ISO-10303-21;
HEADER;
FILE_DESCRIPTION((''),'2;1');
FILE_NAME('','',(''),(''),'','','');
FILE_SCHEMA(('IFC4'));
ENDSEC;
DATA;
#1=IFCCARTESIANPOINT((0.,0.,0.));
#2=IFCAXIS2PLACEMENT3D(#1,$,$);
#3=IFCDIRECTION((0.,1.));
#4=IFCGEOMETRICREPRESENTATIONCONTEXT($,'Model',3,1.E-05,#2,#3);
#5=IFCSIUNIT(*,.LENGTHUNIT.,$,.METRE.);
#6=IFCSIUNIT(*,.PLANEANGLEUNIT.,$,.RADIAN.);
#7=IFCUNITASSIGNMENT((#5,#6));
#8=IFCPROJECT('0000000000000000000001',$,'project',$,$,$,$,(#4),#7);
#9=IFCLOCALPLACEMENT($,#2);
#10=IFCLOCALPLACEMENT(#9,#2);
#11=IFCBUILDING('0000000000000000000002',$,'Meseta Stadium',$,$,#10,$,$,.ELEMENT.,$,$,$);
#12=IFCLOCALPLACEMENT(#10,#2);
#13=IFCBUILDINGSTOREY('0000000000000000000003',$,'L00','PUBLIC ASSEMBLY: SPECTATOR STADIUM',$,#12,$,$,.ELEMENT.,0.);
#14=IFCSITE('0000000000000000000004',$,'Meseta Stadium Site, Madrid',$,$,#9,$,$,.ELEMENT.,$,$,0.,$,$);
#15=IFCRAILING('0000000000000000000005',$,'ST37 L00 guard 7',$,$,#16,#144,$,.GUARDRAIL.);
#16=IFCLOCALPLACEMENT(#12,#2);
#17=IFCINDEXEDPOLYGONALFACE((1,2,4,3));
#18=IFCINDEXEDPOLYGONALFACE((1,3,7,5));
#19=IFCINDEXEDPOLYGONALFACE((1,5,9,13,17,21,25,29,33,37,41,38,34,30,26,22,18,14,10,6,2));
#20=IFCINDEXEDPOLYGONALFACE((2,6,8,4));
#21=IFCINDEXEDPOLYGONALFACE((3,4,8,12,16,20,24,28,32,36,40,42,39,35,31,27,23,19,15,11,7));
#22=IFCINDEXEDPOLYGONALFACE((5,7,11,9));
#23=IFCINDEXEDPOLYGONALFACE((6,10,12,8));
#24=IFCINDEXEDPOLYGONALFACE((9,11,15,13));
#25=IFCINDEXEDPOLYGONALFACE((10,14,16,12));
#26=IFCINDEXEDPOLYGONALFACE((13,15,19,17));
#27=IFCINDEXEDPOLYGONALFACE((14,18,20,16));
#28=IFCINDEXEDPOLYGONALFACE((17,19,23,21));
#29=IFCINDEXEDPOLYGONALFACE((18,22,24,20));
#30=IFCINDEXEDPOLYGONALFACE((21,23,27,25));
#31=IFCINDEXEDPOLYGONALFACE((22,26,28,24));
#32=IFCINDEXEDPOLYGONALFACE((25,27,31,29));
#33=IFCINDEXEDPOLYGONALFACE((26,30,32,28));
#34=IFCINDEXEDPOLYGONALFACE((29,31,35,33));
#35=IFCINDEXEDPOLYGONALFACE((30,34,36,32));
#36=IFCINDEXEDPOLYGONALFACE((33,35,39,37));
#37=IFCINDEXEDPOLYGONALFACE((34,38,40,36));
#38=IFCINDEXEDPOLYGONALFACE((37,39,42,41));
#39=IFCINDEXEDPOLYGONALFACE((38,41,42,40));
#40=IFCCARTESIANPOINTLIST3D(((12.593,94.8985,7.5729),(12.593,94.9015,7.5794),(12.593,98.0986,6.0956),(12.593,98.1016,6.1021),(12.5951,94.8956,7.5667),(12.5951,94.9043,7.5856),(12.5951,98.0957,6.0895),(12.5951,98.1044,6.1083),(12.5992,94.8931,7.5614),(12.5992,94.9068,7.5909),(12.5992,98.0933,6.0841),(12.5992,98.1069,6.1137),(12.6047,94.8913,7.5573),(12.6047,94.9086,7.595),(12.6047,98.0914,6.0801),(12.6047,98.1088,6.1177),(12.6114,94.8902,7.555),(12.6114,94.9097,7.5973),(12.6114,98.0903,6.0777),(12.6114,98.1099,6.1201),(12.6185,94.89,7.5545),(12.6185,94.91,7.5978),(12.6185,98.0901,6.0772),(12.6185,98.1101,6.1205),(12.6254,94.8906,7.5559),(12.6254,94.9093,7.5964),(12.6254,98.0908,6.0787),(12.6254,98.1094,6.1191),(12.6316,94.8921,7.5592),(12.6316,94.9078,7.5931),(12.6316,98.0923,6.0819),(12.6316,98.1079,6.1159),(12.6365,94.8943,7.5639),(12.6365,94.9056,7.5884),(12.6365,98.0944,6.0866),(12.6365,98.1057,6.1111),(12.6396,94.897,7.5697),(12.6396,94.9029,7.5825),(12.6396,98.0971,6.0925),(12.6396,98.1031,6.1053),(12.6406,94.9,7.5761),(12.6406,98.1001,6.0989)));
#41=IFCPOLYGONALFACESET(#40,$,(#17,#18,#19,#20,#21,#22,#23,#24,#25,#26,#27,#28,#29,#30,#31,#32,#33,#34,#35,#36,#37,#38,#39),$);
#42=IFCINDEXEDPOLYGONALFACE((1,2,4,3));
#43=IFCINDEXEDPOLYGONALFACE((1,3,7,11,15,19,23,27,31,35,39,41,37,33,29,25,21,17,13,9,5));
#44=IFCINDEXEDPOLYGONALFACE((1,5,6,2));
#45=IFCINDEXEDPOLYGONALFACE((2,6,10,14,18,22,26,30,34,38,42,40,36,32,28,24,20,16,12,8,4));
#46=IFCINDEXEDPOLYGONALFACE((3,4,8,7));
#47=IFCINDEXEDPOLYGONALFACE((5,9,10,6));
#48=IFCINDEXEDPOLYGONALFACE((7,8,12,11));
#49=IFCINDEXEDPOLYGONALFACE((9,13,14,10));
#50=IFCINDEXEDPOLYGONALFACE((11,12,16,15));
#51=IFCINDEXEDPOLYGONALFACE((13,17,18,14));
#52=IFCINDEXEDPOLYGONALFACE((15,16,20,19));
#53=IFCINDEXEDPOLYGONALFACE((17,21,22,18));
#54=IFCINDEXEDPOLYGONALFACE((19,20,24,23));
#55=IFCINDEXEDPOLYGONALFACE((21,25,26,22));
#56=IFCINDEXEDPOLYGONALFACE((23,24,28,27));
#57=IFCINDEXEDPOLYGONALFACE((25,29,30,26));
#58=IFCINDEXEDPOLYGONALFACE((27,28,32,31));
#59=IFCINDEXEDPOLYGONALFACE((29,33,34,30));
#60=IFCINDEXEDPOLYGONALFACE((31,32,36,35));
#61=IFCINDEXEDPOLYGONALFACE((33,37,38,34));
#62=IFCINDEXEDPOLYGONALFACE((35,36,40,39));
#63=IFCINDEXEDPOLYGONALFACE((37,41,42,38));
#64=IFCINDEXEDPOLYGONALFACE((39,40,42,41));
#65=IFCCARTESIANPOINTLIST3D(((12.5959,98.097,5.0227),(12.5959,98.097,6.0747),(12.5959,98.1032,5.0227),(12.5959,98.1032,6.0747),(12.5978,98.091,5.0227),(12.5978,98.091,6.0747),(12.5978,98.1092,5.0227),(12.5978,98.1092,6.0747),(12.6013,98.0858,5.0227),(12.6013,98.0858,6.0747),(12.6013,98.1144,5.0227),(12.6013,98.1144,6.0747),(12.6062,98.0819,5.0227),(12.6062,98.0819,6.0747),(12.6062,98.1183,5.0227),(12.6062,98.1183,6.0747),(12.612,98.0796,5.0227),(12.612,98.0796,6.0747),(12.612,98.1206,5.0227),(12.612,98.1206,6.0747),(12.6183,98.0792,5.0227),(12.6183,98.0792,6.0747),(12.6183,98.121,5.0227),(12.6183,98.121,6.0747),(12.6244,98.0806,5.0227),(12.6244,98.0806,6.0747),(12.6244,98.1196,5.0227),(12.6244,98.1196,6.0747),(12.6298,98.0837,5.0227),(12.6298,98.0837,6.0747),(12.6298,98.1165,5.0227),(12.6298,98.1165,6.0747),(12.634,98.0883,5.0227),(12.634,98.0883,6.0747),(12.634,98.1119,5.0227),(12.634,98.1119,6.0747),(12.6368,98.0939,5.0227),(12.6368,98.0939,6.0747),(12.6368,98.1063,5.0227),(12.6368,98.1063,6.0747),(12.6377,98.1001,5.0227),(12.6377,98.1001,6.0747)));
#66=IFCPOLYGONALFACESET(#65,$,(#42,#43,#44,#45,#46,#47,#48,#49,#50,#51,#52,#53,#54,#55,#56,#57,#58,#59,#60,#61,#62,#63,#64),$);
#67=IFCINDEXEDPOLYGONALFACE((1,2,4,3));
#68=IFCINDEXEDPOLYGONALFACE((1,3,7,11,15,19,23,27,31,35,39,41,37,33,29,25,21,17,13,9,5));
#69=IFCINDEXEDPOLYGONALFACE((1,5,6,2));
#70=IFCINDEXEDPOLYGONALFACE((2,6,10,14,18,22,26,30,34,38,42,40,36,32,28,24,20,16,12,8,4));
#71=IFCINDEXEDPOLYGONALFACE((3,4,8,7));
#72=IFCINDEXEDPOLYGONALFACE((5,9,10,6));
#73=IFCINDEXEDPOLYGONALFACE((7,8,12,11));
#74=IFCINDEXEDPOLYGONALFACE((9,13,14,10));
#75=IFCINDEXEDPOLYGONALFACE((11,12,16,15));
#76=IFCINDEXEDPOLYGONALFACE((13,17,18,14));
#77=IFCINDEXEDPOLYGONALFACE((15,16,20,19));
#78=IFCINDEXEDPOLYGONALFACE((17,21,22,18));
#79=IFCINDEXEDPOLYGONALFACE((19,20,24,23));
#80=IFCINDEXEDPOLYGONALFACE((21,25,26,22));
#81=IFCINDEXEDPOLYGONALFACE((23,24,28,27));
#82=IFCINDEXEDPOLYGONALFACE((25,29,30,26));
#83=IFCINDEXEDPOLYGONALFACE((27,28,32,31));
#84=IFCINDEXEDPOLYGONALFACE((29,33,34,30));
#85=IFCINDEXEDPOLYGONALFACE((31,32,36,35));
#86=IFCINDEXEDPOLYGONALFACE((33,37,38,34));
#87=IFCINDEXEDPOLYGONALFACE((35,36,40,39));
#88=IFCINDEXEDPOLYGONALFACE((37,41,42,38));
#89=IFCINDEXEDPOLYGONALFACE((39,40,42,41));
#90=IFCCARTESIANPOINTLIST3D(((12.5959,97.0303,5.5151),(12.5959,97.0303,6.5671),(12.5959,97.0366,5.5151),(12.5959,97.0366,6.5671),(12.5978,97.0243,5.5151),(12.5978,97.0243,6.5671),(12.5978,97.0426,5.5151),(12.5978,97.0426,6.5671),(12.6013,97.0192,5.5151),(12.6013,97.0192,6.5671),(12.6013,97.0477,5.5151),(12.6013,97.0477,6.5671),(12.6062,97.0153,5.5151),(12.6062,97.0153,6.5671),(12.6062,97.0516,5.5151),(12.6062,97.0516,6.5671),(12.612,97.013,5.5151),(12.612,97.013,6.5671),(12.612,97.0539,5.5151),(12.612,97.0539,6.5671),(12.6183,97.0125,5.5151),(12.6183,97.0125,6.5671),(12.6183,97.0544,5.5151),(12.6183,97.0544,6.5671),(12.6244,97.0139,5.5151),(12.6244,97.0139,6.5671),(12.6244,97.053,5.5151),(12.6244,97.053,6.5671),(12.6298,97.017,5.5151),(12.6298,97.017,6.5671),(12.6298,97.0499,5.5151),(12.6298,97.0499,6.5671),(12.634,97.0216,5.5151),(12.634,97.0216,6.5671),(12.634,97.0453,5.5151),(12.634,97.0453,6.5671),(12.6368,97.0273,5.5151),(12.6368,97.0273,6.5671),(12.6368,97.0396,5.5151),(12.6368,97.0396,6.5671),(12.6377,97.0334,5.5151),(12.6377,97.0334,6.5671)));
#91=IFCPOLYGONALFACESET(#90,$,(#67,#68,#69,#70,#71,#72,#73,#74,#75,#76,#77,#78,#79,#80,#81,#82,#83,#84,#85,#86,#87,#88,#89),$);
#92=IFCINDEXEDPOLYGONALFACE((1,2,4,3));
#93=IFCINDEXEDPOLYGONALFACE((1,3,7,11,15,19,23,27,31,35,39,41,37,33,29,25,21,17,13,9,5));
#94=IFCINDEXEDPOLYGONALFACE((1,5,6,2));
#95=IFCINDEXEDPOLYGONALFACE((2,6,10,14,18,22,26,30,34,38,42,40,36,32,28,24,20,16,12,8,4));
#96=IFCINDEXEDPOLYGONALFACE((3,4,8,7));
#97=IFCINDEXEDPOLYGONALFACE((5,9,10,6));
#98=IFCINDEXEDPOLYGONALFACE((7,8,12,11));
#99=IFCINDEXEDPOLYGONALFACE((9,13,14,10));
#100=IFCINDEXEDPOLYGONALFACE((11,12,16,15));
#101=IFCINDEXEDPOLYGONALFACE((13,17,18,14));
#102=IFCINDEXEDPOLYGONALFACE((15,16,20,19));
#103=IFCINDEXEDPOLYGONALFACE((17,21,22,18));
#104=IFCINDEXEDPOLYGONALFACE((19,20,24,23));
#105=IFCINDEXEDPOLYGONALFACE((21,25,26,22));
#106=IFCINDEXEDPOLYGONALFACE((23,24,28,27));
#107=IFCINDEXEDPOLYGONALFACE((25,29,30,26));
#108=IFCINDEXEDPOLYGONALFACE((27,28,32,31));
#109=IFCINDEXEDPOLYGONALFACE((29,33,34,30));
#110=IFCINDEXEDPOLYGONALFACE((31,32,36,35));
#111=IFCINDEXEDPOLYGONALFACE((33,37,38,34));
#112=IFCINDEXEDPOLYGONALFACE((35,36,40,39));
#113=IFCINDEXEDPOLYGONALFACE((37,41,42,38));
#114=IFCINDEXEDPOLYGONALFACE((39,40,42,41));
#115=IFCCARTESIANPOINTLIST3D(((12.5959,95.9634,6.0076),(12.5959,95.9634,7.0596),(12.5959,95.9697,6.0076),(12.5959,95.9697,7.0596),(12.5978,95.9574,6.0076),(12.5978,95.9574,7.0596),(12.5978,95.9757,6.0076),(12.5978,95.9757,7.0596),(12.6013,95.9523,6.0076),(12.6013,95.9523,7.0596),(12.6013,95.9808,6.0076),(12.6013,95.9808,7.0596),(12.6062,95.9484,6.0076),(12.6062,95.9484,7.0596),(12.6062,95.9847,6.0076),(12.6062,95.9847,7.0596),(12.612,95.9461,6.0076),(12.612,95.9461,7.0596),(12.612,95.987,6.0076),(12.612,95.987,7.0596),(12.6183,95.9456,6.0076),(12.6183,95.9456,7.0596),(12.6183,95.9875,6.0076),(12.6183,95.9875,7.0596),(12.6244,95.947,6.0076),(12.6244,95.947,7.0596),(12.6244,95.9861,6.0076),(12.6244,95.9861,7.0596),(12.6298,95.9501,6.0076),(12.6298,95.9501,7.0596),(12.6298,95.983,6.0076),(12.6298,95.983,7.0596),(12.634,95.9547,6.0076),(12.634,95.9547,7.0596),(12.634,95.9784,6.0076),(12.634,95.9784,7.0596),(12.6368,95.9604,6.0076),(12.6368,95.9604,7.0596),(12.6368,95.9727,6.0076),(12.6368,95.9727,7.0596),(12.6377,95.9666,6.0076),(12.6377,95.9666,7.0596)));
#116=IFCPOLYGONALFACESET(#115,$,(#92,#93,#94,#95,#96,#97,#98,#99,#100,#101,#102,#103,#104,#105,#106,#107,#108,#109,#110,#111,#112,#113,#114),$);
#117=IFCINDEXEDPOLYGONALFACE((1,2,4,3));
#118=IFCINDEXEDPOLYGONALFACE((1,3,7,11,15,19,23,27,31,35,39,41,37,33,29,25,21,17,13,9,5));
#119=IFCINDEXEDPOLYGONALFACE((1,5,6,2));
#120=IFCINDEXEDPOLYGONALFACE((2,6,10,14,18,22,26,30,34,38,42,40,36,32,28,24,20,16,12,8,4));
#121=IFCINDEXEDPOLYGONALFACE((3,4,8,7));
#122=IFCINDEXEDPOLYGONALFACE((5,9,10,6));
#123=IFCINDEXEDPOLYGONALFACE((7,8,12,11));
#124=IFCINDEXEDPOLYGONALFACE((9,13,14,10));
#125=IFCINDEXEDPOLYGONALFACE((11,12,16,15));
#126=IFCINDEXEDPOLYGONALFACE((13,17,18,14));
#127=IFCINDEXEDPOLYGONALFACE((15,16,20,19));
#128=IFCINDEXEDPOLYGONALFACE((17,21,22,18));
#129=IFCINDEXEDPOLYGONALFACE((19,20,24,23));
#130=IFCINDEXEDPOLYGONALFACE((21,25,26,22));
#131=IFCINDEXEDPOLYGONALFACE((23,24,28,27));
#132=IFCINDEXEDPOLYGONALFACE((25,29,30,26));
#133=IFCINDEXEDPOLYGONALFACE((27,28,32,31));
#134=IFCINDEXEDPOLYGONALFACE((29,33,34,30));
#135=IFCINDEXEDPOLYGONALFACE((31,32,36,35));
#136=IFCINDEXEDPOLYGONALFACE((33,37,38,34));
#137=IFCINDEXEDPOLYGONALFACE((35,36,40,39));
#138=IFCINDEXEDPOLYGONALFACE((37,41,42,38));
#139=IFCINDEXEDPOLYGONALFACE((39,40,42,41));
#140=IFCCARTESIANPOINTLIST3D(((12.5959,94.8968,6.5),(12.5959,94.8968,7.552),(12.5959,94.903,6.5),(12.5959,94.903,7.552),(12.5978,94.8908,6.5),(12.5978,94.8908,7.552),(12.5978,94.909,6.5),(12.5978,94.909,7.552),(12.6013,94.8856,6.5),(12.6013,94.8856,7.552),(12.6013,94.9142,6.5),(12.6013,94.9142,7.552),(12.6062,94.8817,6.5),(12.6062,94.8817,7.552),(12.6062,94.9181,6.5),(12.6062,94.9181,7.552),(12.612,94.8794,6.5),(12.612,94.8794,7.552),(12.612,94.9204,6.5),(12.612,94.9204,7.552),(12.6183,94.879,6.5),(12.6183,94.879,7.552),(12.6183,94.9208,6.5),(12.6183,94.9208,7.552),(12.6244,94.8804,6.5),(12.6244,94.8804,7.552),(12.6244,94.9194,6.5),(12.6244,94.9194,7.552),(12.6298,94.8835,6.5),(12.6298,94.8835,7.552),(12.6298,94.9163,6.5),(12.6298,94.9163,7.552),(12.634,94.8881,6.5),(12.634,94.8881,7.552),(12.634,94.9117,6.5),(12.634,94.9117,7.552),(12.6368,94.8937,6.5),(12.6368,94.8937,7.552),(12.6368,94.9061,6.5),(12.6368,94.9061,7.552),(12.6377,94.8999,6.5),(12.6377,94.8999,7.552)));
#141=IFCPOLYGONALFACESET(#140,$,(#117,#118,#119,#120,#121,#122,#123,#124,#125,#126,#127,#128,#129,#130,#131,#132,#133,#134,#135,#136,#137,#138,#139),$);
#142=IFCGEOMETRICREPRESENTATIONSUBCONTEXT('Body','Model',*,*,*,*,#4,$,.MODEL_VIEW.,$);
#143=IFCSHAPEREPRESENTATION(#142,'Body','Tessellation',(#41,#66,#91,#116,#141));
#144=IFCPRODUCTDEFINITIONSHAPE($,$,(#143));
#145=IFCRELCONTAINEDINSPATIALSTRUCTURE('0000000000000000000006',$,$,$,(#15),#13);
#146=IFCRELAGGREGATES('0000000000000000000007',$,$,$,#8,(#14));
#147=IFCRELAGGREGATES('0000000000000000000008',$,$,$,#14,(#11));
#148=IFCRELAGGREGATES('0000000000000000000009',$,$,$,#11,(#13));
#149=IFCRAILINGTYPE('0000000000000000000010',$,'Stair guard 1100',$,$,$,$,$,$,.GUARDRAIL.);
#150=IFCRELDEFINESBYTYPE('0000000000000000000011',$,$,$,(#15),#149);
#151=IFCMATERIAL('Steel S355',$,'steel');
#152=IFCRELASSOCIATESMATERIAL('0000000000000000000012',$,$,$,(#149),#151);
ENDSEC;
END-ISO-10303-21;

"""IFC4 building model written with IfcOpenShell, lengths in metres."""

from ifc_helpers import new_model, si_unit, direction, frame, origin, origin_2d, place, context, subcontext, project, spatial, circle, extrude, material, type_object, element, save


model = new_model("IFC4")

# Units and contexts
model_context = context("Model", 3, precision=1e-05, world=origin(), true_north=direction((0.0, 1.0)))
body_context = subcontext(model_context, "Body", "Model", "MODEL_VIEW")
ifc_project = project(units=[si_unit("LENGTHUNIT", "METRE"), si_unit("PLANEANGLEUNIT", "RADIAN")], contexts=[model_context])

# Site, building, storey
site_placement = place(None, origin())
site = spatial("IfcSite", under=ifc_project, at=site_placement, Name="Meseta Stadium Site, Madrid", CompositionType="ELEMENT", RefElevation=0.0)
building_placement = place(site_placement, origin())
building = spatial("IfcBuilding", under=site, at=building_placement, Name="Meseta Stadium", CompositionType="ELEMENT")
storey_placement = place(building_placement, origin())
storey = spatial("IfcBuildingStorey", under=building, at=storey_placement, Name="L00", Description="PUBLIC ASSEMBLY: SPECTATOR STADIUM", CompositionType="ELEMENT", Elevation=0.0)

# Railing
ifc_material_1 = material(Name="Steel S355", Category="steel")
railing_type_1 = type_object("IfcRailingType", Name="Stair guard 1100", PredefinedType="GUARDRAIL", material=ifc_material_1)
railing_1_placement = place(storey_placement, frame((12.6167, 98.1001, 5.0227)))
element("IfcRailing", 1, at=railing_1_placement, inside=storey, type_object=railing_type_1, Name="ST37 L00 guard 7", PredefinedType="GUARDRAIL", context=body_context, shape_type="SweptSolid", body=[
    extrude(circle(Radius=0.0239, at=origin_2d()), frame((0.0, 0.0, 1.0762), z_axis=(0.0, -0.907929, 0.419124), x_axis=(1.0, 0.0, 0.0)), (0.0, 0.0, 1.0), 3.5247),
    extrude(circle(Radius=0.021, at=origin_2d()), origin(), (0.0, 0.0, 1.0), 1.052),
    extrude(circle(Radius=0.021, at=origin_2d()), frame((0.0, -1.0667, 0.4924)), (0.0, 0.0, 1.0), 1.052),
    extrude(circle(Radius=0.021, at=origin_2d()), frame((0.0, -2.1335, 0.9849)), (0.0, 0.0, 1.0), 1.052),
    extrude(circle(Radius=0.021, at=origin_2d()), frame((0.0, -3.2002, 1.4773)), (0.0, 0.0, 1.0), 1.052),
])

save(model, "model.ifc")
